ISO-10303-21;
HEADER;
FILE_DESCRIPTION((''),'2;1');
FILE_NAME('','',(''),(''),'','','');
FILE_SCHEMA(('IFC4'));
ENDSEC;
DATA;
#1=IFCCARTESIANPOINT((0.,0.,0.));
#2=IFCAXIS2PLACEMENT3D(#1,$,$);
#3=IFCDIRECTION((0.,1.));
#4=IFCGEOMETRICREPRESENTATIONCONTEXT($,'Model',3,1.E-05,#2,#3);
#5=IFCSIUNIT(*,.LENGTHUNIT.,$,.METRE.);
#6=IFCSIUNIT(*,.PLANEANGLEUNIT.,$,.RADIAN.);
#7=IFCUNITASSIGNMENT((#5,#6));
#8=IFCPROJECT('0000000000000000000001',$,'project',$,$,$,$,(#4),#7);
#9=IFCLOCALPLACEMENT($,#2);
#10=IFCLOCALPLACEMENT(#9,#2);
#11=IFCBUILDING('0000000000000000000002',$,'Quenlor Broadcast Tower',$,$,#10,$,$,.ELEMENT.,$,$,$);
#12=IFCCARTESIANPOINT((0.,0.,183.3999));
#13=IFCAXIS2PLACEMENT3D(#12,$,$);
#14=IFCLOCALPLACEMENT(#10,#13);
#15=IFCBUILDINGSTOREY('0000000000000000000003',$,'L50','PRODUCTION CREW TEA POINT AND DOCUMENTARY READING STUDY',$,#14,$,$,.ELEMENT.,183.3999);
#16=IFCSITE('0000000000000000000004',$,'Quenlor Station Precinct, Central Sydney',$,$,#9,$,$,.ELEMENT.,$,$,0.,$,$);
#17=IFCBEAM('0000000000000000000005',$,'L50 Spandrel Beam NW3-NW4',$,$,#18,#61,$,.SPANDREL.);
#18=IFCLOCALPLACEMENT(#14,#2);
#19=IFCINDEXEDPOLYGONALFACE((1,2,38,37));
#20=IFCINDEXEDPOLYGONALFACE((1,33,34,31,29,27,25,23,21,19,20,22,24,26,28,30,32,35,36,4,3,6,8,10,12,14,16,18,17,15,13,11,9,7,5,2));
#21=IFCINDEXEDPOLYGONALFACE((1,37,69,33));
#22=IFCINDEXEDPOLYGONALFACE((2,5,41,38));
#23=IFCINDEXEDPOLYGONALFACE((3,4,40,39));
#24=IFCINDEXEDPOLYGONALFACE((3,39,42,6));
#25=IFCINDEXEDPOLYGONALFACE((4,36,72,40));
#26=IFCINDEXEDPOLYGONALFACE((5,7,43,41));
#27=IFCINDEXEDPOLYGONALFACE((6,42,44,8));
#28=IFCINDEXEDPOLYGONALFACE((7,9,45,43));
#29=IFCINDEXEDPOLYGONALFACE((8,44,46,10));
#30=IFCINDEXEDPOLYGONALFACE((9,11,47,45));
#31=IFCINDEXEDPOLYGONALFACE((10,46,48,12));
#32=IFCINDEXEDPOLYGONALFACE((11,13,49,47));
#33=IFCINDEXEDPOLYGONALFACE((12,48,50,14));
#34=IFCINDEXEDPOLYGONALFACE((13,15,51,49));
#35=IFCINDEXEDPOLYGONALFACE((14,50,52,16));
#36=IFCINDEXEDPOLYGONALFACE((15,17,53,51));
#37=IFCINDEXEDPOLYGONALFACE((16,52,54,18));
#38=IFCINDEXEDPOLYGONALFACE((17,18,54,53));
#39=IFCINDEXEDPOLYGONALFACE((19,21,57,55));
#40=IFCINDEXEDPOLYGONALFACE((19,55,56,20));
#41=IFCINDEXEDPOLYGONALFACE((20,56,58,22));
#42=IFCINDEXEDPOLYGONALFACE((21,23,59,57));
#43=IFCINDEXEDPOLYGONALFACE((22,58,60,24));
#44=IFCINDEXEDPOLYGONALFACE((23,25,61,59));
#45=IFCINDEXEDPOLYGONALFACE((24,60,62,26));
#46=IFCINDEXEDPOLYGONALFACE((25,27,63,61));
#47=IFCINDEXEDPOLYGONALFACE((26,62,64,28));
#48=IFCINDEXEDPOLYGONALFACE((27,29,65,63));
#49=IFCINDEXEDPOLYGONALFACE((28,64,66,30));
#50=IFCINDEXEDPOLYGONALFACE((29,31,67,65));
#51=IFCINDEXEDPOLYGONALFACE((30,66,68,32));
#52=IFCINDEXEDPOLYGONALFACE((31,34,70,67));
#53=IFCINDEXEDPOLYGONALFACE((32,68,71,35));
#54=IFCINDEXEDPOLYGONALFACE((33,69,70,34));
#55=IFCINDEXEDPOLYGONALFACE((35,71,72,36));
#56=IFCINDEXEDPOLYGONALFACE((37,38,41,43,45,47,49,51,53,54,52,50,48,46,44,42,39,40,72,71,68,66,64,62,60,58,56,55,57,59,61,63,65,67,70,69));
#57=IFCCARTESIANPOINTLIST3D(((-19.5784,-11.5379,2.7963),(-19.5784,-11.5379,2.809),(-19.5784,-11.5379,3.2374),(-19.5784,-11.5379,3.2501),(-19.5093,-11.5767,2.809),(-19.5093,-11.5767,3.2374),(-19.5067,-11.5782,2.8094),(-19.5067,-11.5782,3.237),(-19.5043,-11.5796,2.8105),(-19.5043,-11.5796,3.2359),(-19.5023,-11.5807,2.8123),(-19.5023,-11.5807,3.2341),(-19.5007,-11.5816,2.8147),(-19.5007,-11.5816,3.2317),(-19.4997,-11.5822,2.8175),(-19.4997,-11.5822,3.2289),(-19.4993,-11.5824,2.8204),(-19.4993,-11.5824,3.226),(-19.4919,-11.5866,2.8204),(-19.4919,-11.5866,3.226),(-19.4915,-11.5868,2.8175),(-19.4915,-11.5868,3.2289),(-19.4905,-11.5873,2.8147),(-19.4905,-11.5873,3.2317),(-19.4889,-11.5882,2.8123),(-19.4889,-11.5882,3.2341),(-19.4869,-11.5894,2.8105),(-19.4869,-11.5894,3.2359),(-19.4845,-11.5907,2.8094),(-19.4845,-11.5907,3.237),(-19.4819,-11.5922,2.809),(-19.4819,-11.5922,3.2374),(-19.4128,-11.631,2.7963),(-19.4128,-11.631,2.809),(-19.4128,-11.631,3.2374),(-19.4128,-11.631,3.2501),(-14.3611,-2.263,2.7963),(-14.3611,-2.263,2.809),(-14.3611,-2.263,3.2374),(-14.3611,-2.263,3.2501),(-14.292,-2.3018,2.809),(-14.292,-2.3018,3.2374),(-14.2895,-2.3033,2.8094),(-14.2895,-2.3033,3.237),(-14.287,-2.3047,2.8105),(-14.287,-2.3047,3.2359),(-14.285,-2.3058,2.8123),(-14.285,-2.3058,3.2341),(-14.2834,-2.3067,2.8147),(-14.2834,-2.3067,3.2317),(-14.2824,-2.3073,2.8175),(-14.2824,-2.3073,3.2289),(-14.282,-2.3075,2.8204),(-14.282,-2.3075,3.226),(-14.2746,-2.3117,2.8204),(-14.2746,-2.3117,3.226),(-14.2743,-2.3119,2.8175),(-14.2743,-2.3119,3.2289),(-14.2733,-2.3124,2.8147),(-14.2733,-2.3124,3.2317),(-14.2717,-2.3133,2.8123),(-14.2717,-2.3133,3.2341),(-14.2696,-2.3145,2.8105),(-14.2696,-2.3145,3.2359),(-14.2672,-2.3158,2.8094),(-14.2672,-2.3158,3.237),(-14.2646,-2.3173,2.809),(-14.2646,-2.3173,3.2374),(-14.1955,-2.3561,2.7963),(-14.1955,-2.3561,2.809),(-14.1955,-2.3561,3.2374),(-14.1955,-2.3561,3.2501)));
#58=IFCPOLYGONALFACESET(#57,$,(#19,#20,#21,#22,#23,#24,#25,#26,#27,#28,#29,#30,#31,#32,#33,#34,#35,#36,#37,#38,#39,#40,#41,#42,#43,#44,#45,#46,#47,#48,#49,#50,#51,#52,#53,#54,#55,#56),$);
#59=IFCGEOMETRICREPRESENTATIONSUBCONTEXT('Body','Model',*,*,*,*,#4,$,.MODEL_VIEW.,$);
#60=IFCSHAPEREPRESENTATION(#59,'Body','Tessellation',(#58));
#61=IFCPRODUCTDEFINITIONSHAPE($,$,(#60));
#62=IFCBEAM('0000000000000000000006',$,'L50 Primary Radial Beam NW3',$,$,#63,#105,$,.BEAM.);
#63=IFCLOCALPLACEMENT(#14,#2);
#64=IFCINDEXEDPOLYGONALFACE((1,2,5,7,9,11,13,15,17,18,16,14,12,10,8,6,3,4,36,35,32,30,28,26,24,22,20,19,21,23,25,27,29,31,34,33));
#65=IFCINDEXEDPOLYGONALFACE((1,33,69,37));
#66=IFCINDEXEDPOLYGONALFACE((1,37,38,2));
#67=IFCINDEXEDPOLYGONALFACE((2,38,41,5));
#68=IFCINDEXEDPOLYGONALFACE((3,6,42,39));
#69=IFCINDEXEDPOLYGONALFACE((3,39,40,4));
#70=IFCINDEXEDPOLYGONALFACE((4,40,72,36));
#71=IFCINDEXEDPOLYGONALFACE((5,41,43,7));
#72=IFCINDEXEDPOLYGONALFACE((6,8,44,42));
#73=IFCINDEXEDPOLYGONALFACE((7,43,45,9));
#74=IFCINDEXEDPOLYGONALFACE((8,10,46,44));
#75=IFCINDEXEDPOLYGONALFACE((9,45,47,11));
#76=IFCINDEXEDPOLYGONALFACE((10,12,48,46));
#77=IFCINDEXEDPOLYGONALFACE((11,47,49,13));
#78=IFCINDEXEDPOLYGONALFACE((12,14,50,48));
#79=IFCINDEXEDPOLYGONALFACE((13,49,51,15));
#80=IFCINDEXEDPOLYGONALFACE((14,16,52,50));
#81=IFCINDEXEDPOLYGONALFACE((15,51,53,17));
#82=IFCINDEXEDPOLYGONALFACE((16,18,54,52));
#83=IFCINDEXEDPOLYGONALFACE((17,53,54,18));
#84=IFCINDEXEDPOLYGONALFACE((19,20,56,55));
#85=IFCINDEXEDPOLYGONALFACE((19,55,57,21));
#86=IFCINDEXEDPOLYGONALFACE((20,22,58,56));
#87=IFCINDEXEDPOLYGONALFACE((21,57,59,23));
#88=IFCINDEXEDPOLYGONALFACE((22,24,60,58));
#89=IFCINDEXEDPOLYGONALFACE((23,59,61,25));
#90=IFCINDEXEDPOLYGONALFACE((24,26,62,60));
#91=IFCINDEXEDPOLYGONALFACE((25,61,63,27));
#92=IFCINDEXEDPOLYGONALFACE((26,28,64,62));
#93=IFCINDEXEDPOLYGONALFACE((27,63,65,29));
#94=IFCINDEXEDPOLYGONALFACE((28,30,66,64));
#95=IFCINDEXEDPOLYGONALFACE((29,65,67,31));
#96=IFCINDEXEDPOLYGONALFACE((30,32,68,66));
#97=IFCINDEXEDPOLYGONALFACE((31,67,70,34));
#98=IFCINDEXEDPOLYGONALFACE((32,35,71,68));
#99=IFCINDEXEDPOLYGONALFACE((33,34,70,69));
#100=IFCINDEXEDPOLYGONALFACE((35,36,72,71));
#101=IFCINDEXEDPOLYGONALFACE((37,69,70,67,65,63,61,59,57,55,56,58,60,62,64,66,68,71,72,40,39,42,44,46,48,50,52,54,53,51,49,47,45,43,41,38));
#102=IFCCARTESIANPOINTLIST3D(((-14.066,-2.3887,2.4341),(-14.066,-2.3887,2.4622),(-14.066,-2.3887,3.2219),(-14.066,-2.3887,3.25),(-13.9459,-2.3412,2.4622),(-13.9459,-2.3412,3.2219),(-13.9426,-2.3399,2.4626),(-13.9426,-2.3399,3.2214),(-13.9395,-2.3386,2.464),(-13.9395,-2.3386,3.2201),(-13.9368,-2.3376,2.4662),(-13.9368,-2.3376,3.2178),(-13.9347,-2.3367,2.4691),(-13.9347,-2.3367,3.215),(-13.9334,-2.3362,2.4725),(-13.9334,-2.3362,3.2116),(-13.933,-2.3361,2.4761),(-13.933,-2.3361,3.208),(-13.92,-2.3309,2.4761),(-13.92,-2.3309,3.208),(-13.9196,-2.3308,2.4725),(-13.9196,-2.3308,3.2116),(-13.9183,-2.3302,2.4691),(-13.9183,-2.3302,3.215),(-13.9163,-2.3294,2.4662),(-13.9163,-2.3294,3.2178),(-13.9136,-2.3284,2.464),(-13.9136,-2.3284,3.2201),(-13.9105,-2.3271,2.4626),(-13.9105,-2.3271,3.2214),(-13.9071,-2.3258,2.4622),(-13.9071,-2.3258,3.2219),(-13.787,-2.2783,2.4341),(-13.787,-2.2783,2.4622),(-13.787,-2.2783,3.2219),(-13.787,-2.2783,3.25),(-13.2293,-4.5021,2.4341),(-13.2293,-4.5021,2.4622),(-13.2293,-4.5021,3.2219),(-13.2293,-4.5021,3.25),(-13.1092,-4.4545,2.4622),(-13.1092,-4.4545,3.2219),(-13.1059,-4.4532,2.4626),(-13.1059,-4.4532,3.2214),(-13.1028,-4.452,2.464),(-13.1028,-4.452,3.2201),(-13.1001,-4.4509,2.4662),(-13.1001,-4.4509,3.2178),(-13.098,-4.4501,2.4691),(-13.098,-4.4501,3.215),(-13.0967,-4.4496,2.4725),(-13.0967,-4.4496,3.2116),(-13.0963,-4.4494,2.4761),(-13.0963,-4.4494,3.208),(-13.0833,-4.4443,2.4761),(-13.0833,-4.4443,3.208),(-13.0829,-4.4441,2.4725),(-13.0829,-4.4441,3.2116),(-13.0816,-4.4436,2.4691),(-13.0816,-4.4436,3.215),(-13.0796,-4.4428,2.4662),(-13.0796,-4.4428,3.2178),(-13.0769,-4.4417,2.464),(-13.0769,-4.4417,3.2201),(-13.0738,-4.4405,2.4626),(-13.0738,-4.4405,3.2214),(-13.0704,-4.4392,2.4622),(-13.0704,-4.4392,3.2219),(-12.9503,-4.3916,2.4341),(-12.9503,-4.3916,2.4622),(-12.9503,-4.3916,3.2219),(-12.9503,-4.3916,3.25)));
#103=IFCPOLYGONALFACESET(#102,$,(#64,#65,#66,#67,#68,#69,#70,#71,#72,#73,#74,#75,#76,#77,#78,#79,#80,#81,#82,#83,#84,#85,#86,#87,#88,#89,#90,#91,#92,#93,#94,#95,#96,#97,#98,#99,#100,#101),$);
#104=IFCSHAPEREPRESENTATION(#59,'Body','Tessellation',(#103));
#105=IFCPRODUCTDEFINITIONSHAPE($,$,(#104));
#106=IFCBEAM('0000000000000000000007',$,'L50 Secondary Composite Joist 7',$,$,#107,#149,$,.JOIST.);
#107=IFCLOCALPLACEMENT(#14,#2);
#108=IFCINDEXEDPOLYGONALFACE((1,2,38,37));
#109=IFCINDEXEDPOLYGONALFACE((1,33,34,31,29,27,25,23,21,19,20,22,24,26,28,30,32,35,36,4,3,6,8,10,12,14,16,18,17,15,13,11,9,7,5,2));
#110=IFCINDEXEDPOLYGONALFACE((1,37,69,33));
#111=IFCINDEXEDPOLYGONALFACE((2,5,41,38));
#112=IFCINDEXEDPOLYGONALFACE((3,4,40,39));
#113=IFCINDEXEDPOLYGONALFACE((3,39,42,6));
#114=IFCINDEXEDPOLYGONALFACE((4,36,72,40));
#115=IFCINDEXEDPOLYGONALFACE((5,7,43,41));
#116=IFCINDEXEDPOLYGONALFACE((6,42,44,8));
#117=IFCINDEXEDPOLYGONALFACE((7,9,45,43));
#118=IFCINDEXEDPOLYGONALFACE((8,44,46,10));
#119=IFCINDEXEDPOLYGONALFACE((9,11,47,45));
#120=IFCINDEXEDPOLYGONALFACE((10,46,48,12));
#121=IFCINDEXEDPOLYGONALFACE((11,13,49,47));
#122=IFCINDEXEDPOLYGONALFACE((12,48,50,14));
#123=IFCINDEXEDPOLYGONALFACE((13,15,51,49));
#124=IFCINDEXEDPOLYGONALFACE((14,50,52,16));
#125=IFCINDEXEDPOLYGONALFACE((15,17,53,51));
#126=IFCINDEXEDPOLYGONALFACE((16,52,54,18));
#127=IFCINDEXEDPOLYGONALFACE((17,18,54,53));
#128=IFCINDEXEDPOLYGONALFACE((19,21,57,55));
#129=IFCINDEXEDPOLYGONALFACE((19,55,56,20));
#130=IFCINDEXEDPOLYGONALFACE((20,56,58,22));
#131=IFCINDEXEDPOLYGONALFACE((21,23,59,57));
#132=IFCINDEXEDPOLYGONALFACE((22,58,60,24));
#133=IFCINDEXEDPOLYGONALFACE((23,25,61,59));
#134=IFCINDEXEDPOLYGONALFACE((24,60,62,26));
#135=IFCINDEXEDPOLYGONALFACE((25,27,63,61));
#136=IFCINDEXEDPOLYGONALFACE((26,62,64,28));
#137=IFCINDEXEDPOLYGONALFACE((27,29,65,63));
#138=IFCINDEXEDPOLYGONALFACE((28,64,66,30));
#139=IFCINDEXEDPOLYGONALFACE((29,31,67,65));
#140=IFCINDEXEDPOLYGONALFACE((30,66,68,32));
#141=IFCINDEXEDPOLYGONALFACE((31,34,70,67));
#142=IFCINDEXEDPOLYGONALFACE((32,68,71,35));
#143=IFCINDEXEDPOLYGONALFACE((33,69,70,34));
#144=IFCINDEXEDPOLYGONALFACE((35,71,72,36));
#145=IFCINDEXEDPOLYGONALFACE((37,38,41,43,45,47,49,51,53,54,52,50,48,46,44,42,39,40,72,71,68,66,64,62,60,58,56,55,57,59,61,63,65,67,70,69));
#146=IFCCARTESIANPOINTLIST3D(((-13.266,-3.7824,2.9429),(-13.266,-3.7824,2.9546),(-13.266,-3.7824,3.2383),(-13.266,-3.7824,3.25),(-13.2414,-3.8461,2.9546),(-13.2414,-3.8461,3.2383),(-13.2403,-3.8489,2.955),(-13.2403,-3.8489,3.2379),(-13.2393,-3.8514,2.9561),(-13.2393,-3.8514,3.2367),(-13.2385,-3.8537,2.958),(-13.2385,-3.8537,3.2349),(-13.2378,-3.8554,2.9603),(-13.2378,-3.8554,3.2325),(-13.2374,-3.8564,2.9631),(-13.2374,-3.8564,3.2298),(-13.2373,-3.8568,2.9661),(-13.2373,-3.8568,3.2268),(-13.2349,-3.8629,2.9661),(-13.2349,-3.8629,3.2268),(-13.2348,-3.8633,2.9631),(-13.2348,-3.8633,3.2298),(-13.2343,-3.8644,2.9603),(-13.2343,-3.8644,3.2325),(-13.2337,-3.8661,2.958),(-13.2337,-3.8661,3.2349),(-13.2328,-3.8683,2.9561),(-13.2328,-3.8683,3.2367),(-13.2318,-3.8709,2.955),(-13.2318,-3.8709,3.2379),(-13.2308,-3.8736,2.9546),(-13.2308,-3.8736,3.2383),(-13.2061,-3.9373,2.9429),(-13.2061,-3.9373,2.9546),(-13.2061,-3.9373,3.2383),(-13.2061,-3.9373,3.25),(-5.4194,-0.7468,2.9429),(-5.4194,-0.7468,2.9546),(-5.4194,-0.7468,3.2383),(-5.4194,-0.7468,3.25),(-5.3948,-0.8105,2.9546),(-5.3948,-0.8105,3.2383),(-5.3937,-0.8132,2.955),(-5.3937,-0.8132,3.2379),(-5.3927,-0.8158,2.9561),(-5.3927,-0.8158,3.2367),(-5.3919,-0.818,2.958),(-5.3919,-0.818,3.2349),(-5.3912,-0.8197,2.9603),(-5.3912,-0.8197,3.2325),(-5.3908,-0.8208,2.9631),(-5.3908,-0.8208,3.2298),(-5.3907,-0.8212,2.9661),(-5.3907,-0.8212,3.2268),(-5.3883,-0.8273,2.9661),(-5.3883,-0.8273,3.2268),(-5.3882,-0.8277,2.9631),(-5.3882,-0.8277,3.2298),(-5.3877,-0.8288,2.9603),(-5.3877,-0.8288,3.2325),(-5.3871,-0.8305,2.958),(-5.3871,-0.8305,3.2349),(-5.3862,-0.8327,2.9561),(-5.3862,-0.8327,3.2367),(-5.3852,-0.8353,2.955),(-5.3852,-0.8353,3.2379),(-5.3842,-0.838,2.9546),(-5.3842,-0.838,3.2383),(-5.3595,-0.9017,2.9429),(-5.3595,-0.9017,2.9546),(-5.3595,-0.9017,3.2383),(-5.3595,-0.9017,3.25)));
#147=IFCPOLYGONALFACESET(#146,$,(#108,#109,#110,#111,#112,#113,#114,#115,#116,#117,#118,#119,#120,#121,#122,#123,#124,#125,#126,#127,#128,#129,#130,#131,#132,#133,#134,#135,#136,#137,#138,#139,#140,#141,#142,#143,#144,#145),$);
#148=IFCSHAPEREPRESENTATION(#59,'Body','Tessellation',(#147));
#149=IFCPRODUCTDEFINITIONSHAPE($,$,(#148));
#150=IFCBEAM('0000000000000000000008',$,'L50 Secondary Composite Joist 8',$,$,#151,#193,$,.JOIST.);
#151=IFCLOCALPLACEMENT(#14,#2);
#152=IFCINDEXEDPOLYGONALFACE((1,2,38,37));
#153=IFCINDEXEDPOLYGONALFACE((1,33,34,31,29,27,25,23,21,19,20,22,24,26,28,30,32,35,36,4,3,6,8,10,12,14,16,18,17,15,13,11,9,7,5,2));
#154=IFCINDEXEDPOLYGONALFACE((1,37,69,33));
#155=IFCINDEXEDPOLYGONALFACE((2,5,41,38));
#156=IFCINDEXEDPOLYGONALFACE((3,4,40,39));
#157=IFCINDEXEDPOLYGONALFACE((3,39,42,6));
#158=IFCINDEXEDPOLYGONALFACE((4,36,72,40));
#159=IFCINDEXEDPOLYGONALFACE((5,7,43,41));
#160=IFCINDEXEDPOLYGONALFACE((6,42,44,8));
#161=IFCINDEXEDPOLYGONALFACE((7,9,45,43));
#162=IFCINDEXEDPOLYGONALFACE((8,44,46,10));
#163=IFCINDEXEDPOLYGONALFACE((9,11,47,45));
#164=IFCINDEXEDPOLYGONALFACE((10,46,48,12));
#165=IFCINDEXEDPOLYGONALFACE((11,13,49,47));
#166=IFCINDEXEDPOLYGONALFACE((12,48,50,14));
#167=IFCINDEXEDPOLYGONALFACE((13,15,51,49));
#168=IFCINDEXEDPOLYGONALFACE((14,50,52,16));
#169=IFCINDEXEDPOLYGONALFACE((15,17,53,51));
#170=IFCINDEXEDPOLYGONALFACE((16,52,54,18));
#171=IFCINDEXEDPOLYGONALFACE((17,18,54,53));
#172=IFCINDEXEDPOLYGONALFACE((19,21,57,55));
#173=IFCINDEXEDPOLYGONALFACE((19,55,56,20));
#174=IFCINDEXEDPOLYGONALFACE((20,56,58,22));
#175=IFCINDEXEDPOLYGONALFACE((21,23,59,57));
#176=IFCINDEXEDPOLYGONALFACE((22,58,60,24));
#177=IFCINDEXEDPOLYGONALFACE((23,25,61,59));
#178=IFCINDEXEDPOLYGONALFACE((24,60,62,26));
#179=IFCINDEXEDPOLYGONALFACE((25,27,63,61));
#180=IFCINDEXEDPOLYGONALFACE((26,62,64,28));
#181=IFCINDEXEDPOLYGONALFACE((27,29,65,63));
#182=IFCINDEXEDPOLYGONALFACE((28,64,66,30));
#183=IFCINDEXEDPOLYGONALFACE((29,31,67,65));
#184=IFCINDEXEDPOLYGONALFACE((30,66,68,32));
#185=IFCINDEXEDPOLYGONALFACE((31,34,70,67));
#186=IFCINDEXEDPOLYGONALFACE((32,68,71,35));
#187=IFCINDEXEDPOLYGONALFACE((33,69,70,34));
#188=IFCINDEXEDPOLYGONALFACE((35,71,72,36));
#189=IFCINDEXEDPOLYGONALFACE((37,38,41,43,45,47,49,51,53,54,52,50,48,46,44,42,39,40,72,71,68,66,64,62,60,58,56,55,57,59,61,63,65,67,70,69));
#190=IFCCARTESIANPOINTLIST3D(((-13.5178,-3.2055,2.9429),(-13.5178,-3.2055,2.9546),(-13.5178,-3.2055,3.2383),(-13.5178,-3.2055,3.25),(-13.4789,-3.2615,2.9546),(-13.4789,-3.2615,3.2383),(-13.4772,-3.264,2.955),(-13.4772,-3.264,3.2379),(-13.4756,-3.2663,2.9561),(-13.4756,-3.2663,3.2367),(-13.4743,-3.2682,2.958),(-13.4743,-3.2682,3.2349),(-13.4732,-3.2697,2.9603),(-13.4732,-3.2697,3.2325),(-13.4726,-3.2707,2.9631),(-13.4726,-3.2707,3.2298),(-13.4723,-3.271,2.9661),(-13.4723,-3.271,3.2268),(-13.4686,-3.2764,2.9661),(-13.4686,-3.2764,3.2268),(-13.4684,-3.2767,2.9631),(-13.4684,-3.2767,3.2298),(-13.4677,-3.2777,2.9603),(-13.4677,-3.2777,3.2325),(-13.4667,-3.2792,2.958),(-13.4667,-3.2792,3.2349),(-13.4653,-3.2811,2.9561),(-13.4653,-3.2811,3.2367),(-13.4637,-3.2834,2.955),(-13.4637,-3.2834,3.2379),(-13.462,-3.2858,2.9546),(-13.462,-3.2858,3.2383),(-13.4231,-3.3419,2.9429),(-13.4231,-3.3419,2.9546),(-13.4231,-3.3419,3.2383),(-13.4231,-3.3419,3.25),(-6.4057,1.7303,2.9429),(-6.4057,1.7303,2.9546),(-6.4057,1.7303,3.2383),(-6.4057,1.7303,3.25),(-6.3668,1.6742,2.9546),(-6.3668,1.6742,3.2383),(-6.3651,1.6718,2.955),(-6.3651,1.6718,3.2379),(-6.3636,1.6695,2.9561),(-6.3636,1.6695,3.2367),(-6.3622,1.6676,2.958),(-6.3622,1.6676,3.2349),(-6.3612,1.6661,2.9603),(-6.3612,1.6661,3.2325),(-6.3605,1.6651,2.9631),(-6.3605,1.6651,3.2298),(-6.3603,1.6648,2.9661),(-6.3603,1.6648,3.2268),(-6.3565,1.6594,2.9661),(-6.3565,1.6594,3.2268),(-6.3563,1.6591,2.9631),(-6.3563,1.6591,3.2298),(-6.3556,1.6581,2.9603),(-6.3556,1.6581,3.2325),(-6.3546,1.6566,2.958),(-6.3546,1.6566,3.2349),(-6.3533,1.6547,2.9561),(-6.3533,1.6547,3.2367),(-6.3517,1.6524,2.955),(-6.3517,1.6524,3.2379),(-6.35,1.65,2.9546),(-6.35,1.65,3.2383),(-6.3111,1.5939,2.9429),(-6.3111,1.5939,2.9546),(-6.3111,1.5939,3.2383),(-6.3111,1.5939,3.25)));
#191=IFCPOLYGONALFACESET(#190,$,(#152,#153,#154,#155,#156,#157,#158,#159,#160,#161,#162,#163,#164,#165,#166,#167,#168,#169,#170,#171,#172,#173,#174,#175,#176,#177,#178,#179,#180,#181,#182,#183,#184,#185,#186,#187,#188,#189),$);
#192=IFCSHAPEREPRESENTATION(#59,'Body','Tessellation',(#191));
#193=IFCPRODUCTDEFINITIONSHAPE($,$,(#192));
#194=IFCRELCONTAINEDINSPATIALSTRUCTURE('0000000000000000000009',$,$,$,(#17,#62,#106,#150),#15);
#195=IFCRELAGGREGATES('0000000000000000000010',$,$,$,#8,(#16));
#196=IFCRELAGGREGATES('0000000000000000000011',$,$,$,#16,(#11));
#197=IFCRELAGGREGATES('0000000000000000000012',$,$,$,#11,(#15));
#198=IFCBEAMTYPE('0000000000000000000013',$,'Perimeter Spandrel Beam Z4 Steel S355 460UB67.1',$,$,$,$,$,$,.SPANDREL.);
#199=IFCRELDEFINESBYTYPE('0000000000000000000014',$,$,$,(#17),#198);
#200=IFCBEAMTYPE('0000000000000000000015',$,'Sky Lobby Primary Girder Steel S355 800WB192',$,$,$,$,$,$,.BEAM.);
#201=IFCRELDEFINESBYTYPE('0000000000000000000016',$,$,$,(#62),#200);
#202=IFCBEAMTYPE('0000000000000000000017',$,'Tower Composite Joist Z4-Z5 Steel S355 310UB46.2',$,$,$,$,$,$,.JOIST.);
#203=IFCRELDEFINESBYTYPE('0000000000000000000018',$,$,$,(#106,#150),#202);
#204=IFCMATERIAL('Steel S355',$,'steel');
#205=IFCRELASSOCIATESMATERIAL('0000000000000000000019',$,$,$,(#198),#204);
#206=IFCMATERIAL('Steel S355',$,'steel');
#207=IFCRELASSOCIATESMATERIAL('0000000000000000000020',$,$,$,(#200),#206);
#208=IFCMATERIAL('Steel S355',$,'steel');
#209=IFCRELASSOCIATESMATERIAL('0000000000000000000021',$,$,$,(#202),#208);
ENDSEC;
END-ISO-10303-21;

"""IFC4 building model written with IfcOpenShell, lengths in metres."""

from ifc_helpers import new_model, si_unit, direction, frame, origin, origin_2d, place, context, subcontext, project, spatial, i_section, extrude, material, material_profile, profile_set, type_object, element, save


model = new_model("IFC4")

# Units and contexts
model_context = context("Model", 3, precision=1e-05, world=origin(), true_north=direction((0.0, 1.0)))
body_context = subcontext(model_context, "Body", "Model", "MODEL_VIEW")
ifc_project = project(units=[si_unit("LENGTHUNIT", "METRE"), si_unit("PLANEANGLEUNIT", "RADIAN")], contexts=[model_context])

# Site, building, storey
site_placement = place(None, origin())
site = spatial("IfcSite", under=ifc_project, at=site_placement, Name="Quenlor Station Precinct, Central Sydney", CompositionType="ELEMENT", RefElevation=0.0)
building_placement = place(site_placement, origin())
building = spatial("IfcBuilding", under=site, at=building_placement, Name="Quenlor Broadcast Tower", CompositionType="ELEMENT")
storey_placement = place(building_placement, frame((0.0, 0.0, 183.3999)))
storey = spatial("IfcBuildingStorey", under=building, at=storey_placement, Name="L50", Description="PRODUCTION CREW TEA POINT AND DOCUMENTARY READING STUDY", CompositionType="ELEMENT", Elevation=183.3999)

# Beams
ifc_material_1 = material(Name="Steel S355", Category="steel")
ifc_material_profile_1 = material_profile(ifc_material_1, i_section(OverallWidth=0.1899, OverallDepth=0.4539, WebThickness=0.0085, FlangeThickness=0.0127, FilletRadius=0.0115, at=origin_2d()))
ifc_profile_set_1 = profile_set([ifc_material_profile_1], Name="Steel S355 460UB67.1")
beam_type_1 = type_object("IfcBeamType", Name="Perimeter Spandrel Beam Z4 Steel S355 460UB67.1", PredefinedType="SPANDREL", material=ifc_profile_set_1)
beam_1_placement = place(storey_placement, frame((-14.2783, -2.3096, 3.0232), z_axis=(-0.490272, -0.871569, 0.0), x_axis=(0.871569, -0.490272, 0.0)))
element("IfcBeam", 1, at=beam_1_placement, inside=storey, type_object=beam_type_1, Name="L50 Spandrel Beam NW3-NW4", PredefinedType="SPANDREL", context=body_context, shape_type="SweptSolid", body=[
    extrude(i_section(OverallWidth=0.1899, OverallDepth=0.4539, WebThickness=0.0085, FlangeThickness=0.0127, FilletRadius=0.0115, at=origin_2d()), origin(), (0.0, 0.0, 1.0), 10.6416),
])
ifc_material_2 = material(Name="Steel S355", Category="steel")
ifc_material_profile_2 = material_profile(ifc_material_2, i_section(OverallWidth=0.3, OverallDepth=0.8159, WebThickness=0.0139, FlangeThickness=0.0281, FilletRadius=0.0139, at=origin_2d()))
ifc_profile_set_2 = profile_set([ifc_material_profile_2], Name="Steel S355 800WB192")
beam_type_2 = type_object("IfcBeamType", Name="Sky Lobby Primary Girder Steel S355 800WB192", PredefinedType="BEAM", material=ifc_profile_set_2)
beam_2_placement = place(storey_placement, frame((-13.9265, -2.3335, 2.842), z_axis=(0.36811, -0.929782, 0.0), x_axis=(0.929782, 0.36811, 0.0)))
element("IfcBeam", 2, at=beam_2_placement, inside=storey, type_object=beam_type_2, Name="L50 Primary Radial Beam NW3", PredefinedType="BEAM", context=body_context, shape_type="SweptSolid", body=[
    extrude(i_section(OverallWidth=0.3, OverallDepth=0.8159, WebThickness=0.0139, FlangeThickness=0.0281, FilletRadius=0.0139, at=origin_2d()), origin(), (0.0, 0.0, 1.0), 2.2729),
])
ifc_material_3 = material(Name="Steel S355", Category="steel")
ifc_material_profile_3 = material_profile(ifc_material_3, i_section(OverallWidth=0.166, OverallDepth=0.3071, WebThickness=0.0066, FlangeThickness=0.0117, FilletRadius=0.0115, at=origin_2d()))
ifc_profile_set_3 = profile_set([ifc_material_profile_3], Name="Steel S355 310UB46.2")
beam_type_3 = type_object("IfcBeamType", Name="Tower Composite Joist Z4-Z5 Steel S355 310UB46.2", PredefinedType="JOIST", material=ifc_profile_set_3)
beam_3_placement = place(storey_placement, frame((-13.2361, -3.8599, 3.0964), z_axis=(0.932639, 0.36081, 0.0), x_axis=(-0.36081, 0.932639, 0.0)))
element("IfcBeam", 3, at=beam_3_placement, inside=storey, type_object=beam_type_3, Name="L50 Secondary Composite Joist 7", PredefinedType="JOIST", context=body_context, shape_type="SweptSolid", body=[
    extrude(i_section(OverallWidth=0.166, OverallDepth=0.3071, WebThickness=0.0066, FlangeThickness=0.0117, FilletRadius=0.0115, at=origin_2d()), origin(), (0.0, 0.0, 1.0), 8.4133),
])
beam_4_placement = place(storey_placement, frame((-13.4705, -3.2737, 3.0964), z_axis=(0.82154, 0.570151, 0.0), x_axis=(-0.570151, 0.82154, 0.0)))
element("IfcBeam", 4, at=beam_4_placement, inside=storey, type_object=beam_type_3, Name="L50 Secondary Composite Joist 8", PredefinedType="JOIST", context=body_context, shape_type="SweptSolid", body=[
    extrude(i_section(OverallWidth=0.166, OverallDepth=0.3071, WebThickness=0.0066, FlangeThickness=0.0117, FilletRadius=0.0115, at=origin_2d()), origin(), (0.0, 0.0, 1.0), 8.657),
])

save(model, "model.ifc")
